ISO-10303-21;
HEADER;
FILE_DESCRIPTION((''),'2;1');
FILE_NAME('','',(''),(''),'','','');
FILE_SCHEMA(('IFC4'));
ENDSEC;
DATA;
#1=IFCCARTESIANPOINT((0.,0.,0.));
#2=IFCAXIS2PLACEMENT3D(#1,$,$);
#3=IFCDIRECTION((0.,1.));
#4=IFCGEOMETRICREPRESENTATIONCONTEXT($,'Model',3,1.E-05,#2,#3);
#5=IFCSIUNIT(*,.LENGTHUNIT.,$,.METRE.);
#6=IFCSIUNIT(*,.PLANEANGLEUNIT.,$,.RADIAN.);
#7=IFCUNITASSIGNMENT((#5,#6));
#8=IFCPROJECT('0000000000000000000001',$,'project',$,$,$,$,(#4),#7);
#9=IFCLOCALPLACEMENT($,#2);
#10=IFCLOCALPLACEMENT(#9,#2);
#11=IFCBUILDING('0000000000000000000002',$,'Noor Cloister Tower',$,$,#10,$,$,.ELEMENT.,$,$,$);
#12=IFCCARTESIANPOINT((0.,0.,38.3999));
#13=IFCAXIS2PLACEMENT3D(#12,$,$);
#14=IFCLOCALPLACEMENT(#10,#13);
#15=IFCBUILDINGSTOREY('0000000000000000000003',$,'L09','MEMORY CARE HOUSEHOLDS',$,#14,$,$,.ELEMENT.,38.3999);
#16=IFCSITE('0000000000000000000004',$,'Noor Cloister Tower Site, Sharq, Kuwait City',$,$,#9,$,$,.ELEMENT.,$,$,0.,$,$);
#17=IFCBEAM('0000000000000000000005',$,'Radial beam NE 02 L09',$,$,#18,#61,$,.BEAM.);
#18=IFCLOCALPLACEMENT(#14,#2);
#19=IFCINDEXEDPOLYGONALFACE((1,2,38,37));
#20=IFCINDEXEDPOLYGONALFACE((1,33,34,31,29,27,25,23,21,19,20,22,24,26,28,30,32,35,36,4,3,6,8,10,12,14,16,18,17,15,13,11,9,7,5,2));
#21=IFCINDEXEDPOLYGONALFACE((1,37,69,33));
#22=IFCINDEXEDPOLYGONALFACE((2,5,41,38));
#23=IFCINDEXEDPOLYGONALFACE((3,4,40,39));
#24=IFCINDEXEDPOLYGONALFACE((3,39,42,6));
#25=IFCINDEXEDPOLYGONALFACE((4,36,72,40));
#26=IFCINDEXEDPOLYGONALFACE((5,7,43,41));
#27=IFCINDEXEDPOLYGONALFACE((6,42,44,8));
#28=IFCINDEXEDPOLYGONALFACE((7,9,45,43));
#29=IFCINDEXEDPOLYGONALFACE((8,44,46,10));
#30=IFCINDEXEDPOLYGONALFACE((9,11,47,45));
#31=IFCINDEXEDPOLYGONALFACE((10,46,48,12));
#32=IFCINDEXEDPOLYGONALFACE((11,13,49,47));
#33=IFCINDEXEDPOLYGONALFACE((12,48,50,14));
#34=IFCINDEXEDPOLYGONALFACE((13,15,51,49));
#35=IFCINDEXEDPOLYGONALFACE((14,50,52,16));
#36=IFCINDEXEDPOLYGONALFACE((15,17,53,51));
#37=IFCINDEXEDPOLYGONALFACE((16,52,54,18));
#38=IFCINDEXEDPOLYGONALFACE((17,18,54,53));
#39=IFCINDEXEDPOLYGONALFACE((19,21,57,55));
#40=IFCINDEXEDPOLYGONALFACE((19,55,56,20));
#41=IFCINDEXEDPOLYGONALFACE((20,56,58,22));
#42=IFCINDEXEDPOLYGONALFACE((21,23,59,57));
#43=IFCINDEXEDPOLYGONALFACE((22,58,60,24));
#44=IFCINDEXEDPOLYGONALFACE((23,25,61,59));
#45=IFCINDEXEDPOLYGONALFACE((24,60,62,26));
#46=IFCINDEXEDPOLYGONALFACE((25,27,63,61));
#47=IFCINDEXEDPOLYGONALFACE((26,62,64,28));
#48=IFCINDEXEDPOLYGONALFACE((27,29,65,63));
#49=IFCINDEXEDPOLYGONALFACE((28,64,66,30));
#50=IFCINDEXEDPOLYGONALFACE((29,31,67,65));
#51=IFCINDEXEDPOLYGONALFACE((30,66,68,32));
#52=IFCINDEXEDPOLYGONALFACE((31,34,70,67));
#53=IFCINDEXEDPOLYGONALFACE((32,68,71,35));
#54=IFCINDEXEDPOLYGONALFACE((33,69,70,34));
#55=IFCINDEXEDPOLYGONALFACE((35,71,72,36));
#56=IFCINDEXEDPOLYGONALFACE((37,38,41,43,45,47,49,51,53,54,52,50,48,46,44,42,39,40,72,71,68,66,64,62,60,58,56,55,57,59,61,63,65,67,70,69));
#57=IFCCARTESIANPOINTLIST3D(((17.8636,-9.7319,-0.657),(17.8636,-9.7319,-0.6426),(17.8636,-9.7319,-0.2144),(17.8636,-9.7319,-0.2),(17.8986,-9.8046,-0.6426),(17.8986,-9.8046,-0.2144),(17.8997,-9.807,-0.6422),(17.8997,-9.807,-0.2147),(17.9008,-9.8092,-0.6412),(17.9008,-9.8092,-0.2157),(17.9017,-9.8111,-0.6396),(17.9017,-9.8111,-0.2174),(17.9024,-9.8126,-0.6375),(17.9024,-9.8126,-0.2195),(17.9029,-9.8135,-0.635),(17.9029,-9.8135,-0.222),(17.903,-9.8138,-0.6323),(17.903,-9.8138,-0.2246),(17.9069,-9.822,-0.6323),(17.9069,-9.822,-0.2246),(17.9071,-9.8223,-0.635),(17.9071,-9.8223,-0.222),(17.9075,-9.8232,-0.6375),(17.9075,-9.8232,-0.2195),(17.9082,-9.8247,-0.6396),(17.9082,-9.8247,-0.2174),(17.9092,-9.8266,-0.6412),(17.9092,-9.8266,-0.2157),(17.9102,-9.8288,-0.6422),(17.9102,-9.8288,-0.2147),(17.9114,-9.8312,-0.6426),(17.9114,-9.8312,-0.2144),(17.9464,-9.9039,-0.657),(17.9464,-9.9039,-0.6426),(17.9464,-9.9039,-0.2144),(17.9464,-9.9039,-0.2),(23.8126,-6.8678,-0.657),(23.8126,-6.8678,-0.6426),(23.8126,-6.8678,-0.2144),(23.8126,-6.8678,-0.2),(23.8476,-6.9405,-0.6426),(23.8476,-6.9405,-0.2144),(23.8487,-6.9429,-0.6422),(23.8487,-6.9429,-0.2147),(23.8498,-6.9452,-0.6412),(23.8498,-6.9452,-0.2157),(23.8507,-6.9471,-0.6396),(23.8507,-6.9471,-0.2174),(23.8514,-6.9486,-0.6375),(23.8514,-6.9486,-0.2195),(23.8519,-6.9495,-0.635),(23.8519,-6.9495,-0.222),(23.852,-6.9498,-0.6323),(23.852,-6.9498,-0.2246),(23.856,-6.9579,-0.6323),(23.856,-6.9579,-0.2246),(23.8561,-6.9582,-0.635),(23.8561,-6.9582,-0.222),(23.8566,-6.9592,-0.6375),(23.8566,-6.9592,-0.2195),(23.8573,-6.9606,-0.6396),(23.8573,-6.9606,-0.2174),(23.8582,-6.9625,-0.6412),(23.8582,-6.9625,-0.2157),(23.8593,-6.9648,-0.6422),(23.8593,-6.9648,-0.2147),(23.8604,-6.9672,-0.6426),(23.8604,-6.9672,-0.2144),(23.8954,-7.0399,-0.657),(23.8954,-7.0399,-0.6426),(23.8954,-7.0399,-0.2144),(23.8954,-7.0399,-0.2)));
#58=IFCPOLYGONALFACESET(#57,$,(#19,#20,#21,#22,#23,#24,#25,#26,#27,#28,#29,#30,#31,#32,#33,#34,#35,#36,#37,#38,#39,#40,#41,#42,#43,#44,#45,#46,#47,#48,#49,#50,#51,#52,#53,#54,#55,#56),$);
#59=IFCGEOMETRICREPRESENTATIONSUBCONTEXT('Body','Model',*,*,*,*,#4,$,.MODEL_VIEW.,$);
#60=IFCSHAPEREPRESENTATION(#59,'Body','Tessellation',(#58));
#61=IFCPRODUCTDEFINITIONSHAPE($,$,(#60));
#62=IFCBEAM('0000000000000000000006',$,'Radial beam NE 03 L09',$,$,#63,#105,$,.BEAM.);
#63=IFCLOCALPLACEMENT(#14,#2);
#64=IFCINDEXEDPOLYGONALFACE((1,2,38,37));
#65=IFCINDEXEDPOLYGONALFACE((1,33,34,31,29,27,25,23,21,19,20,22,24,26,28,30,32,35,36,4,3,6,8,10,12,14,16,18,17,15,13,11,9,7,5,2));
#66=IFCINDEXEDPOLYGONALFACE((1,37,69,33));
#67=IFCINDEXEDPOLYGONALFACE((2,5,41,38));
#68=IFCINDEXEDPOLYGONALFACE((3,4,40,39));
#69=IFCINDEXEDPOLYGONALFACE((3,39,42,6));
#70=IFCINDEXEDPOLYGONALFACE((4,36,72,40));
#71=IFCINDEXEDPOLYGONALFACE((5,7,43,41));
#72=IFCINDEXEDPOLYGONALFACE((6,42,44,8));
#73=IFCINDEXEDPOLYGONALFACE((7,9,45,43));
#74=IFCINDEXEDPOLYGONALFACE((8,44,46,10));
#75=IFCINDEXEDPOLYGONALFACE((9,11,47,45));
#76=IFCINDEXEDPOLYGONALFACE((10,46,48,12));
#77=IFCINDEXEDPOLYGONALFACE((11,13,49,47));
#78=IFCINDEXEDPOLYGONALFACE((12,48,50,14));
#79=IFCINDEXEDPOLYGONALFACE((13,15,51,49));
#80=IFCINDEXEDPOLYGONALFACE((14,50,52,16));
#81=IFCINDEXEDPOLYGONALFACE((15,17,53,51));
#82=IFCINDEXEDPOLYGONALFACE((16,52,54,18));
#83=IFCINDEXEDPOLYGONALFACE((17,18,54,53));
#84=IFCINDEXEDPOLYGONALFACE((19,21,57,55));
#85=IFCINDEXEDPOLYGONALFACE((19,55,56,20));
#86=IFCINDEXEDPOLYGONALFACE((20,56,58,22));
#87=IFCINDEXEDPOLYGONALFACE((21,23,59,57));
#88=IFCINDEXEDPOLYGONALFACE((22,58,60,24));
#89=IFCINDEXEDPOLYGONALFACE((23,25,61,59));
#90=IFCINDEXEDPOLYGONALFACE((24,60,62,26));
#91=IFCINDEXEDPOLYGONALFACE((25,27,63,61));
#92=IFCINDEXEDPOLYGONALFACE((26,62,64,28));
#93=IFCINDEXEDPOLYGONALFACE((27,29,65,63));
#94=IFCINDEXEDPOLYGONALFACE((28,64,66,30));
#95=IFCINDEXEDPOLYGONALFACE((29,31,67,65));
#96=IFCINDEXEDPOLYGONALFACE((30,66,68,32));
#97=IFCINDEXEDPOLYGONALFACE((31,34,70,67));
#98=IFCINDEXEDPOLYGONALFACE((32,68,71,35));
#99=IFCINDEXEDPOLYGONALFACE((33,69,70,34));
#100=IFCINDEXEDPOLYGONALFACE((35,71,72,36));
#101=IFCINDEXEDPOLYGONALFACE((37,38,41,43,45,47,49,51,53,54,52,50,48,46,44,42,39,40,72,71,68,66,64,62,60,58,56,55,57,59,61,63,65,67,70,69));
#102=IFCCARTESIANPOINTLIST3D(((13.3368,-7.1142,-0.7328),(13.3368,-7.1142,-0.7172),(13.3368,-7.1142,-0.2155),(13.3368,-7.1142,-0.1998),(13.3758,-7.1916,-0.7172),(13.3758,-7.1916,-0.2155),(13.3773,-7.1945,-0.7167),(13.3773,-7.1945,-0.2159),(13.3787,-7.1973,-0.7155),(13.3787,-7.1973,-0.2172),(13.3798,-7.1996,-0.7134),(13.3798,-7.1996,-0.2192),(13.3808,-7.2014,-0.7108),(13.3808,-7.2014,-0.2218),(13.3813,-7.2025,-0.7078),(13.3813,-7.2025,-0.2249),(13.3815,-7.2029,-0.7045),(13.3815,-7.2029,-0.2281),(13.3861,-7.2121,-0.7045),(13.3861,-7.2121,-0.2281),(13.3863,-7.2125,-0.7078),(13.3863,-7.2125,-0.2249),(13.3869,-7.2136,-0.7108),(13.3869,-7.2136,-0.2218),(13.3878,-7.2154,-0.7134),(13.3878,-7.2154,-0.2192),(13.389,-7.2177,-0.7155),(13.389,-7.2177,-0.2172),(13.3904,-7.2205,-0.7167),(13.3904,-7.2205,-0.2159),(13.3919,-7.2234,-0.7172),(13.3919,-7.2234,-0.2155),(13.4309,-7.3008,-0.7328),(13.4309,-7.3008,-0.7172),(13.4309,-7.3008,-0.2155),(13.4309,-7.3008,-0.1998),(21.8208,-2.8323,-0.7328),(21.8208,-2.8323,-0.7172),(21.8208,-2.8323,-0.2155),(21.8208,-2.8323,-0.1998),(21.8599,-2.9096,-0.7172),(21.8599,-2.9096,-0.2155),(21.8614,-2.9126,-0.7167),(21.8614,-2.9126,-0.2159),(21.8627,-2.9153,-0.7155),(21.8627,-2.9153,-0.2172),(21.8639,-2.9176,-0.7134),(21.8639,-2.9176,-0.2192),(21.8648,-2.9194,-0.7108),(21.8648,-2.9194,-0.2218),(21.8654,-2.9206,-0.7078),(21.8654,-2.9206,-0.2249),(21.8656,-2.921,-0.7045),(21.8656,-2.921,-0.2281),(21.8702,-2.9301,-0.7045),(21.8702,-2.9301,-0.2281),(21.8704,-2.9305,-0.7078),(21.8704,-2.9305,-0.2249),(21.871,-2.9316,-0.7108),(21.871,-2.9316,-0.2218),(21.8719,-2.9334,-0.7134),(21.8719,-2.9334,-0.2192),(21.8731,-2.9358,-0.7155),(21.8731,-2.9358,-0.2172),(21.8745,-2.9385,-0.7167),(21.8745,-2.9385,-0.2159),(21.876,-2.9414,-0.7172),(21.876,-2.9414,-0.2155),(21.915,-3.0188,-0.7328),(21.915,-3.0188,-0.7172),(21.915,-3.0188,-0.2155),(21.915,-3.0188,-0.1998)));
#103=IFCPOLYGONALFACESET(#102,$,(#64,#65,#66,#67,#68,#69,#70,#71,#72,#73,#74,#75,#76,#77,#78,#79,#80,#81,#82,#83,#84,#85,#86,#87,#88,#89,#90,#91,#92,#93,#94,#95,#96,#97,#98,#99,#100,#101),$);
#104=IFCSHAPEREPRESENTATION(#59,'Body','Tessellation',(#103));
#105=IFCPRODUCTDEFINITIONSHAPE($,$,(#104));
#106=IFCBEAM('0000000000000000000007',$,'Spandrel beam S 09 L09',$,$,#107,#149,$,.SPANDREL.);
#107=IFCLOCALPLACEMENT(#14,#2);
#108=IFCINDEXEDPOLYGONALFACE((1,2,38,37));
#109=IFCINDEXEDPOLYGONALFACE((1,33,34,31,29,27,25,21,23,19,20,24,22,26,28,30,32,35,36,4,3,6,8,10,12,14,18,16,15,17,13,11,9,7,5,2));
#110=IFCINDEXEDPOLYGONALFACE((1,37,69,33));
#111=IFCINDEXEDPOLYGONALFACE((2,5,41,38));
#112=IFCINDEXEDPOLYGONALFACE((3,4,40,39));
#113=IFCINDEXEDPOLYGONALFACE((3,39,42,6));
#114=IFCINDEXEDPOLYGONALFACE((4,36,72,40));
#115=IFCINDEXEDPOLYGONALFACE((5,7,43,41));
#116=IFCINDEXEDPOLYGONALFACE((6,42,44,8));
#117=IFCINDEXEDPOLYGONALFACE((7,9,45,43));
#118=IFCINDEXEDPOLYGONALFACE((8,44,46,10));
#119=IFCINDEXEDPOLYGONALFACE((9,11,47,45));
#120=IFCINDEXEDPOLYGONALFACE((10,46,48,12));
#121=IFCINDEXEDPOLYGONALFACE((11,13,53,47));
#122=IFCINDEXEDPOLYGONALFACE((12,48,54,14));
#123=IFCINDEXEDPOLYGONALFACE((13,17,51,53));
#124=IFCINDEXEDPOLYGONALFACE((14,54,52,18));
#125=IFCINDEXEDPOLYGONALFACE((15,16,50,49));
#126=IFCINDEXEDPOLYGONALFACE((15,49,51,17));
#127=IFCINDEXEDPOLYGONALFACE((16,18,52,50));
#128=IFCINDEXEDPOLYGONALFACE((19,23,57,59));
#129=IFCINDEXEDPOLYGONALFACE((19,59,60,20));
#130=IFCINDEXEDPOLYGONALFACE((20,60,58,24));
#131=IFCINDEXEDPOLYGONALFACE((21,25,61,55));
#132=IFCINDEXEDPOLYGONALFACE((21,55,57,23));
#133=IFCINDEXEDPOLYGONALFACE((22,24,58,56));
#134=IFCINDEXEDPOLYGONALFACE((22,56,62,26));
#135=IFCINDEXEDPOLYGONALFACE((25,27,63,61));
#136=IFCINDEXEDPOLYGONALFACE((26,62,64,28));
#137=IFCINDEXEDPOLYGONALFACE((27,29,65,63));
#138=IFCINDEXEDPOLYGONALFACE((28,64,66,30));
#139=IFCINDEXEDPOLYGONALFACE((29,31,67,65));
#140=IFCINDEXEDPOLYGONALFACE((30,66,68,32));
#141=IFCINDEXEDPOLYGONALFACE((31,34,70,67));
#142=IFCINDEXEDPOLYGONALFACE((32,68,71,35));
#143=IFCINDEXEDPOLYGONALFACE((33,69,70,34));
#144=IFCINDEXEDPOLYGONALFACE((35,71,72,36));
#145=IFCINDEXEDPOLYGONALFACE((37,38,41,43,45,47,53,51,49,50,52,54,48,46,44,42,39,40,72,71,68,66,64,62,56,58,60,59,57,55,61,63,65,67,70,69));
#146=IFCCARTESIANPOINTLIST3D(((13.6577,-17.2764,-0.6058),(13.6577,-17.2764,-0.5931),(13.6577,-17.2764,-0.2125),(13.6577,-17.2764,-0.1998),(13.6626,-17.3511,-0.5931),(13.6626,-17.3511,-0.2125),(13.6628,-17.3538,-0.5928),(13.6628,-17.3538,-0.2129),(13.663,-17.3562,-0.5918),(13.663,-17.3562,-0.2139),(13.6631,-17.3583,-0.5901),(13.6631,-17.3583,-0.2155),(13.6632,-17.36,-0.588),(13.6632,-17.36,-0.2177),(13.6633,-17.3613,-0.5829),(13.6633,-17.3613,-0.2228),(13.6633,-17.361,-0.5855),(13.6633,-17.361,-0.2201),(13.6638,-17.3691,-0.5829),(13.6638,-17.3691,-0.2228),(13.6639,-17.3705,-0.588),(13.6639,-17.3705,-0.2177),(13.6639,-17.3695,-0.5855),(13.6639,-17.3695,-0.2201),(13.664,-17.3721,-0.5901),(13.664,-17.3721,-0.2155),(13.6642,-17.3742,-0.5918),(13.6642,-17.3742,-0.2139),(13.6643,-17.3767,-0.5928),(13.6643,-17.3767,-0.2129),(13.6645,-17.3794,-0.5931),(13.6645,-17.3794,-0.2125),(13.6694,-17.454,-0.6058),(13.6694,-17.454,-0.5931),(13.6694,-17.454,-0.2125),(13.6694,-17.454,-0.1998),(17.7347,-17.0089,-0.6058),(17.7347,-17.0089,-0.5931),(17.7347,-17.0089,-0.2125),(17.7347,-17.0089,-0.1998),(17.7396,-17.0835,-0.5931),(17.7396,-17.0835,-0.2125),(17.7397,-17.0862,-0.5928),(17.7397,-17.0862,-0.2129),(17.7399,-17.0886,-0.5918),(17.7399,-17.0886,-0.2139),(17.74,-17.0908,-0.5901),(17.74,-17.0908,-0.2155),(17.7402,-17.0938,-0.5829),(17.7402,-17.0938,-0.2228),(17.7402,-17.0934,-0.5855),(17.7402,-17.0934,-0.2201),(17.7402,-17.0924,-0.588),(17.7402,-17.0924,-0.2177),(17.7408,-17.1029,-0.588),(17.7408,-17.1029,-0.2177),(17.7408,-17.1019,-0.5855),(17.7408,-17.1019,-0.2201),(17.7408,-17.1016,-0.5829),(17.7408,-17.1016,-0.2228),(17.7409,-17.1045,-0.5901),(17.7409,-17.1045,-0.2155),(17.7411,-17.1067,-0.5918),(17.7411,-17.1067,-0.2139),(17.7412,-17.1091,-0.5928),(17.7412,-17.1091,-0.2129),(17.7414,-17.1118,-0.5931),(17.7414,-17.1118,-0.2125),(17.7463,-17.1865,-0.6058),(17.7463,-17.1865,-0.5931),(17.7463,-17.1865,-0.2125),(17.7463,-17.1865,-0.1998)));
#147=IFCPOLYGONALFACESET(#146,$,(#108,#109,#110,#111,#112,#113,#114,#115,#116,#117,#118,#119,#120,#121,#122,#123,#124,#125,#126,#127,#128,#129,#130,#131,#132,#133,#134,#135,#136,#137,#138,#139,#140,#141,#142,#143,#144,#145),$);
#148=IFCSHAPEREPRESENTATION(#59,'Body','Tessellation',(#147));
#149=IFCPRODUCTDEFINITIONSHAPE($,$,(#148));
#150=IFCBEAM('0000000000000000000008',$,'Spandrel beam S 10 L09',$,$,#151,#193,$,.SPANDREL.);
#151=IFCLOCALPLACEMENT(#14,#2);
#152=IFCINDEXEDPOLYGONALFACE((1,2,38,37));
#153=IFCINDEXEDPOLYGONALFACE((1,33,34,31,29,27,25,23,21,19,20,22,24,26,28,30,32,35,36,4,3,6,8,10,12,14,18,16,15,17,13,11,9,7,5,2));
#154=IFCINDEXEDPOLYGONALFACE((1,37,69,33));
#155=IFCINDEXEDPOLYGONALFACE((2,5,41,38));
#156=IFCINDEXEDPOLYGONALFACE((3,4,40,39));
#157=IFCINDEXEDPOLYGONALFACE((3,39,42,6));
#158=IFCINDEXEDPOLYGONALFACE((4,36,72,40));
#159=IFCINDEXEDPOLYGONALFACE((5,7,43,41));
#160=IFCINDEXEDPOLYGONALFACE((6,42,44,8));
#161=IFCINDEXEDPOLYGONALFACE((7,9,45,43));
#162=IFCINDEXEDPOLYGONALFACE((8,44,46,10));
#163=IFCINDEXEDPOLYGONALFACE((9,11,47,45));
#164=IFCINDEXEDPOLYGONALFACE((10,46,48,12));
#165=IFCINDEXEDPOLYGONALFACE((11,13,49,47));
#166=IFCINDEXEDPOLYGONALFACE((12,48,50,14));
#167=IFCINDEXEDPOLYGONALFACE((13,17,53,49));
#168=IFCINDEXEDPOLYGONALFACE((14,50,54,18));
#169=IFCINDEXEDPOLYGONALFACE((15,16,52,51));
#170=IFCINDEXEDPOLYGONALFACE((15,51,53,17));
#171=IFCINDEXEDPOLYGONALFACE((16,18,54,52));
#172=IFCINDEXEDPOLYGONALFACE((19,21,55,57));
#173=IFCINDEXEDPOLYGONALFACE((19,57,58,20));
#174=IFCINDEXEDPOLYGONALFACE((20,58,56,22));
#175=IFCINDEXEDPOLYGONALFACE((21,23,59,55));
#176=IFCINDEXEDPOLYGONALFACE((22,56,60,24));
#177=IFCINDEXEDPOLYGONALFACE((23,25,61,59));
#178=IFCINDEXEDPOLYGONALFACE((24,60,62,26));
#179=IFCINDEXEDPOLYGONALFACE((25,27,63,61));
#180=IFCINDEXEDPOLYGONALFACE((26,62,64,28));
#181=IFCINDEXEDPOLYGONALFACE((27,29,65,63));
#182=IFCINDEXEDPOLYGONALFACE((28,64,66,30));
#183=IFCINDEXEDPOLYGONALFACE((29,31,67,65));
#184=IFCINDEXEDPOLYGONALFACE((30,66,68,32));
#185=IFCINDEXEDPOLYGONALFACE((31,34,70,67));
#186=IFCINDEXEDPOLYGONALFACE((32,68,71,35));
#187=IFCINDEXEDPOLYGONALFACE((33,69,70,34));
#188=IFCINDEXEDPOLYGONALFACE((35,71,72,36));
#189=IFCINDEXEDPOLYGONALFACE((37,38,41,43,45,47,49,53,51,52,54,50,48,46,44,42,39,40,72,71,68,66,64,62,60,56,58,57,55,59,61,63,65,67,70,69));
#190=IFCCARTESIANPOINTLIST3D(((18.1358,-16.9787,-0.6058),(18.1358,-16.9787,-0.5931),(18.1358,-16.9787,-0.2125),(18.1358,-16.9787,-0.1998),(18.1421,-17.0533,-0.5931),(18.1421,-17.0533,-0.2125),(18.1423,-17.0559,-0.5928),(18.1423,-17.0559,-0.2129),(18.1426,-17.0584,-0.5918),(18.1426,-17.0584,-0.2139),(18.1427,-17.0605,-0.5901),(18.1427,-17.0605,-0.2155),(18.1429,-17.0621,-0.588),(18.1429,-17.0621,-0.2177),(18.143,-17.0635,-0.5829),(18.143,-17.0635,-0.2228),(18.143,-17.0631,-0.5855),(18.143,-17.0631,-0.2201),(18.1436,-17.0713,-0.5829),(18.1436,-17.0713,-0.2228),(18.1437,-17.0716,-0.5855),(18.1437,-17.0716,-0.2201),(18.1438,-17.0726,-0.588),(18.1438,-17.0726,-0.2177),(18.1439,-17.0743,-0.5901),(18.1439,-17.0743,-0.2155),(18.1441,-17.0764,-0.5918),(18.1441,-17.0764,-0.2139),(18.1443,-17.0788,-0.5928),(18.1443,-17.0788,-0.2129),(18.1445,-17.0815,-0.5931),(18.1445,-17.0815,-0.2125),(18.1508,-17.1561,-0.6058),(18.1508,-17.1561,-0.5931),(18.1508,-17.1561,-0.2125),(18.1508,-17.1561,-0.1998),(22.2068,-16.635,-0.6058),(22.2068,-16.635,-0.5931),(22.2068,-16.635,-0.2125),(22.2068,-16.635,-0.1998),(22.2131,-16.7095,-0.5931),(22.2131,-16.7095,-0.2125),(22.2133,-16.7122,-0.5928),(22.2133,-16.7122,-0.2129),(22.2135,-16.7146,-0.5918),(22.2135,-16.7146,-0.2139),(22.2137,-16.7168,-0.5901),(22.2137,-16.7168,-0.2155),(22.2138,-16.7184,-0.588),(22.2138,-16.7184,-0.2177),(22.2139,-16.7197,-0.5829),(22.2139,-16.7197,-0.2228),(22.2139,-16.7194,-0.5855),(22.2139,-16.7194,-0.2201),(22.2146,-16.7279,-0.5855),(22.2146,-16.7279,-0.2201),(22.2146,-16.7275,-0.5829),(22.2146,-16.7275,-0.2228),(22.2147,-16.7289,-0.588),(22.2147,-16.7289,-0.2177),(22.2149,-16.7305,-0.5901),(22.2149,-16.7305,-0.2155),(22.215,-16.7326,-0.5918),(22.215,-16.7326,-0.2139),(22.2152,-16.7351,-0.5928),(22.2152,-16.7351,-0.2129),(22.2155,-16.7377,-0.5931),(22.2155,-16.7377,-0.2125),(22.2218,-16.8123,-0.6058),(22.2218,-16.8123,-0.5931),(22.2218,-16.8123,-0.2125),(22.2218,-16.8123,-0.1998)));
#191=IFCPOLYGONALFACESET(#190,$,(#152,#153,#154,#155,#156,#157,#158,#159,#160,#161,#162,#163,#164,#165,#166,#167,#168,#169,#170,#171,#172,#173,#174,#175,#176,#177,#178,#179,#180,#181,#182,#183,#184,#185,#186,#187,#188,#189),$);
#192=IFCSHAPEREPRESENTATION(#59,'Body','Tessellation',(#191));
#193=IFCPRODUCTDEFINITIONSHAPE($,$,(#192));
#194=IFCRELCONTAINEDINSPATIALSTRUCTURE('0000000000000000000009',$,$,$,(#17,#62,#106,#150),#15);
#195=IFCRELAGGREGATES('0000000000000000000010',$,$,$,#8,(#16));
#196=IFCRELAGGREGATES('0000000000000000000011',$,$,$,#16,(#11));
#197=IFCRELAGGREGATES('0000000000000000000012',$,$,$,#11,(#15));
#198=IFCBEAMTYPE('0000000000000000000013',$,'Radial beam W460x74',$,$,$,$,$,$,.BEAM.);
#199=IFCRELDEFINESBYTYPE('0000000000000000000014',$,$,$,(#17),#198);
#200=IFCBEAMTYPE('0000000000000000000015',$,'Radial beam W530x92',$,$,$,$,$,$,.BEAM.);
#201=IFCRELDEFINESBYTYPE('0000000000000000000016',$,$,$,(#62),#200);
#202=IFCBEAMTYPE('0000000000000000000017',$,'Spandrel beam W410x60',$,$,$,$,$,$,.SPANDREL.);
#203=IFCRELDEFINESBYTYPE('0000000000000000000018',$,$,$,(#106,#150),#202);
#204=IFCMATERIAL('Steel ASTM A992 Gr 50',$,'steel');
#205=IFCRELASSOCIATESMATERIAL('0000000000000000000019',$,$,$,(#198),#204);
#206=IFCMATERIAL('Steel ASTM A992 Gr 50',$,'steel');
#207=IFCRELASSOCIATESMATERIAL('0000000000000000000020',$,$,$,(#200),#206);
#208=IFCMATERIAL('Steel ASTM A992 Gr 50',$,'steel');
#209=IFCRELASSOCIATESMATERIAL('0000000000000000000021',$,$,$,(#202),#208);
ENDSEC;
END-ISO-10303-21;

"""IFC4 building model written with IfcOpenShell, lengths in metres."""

from ifc_helpers import new_model, si_unit, direction, frame, origin, origin_2d, place, context, subcontext, project, spatial, i_section, extrude, material, material_profile, profile_set, type_object, element, save


model = new_model("IFC4")

# Units and contexts
model_context = context("Model", 3, precision=1e-05, world=origin(), true_north=direction((0.0, 1.0)))
body_context = subcontext(model_context, "Body", "Model", "MODEL_VIEW")
ifc_project = project(units=[si_unit("LENGTHUNIT", "METRE"), si_unit("PLANEANGLEUNIT", "RADIAN")], contexts=[model_context])

# Site, building, storey
site_placement = place(None, origin())
site = spatial("IfcSite", under=ifc_project, at=site_placement, Name="Noor Cloister Tower Site, Sharq, Kuwait City", CompositionType="ELEMENT", RefElevation=0.0)
building_placement = place(site_placement, origin())
building = spatial("IfcBuilding", under=site, at=building_placement, Name="Noor Cloister Tower", CompositionType="ELEMENT")
storey_placement = place(building_placement, frame((0.0, 0.0, 38.3999)))
storey = spatial("IfcBuildingStorey", under=building, at=storey_placement, Name="L09", Description="MEMORY CARE HOUSEHOLDS", CompositionType="ELEMENT", Elevation=38.3999)

# Beams
ifc_material_1 = material(Name="Steel ASTM A992 Gr 50", Category="steel")
ifc_material_profile_1 = material_profile(ifc_material_1, i_section(OverallWidth=0.1909, OverallDepth=0.457, WebThickness=0.009, FlangeThickness=0.0144, FilletRadius=0.0103, at=origin_2d()), Name="W460x74")
ifc_profile_set_1 = profile_set([ifc_material_profile_1], Name="Steel ASTM A992 Gr 50")
beam_type_1 = type_object("IfcBeamType", Name="Radial beam W460x74", PredefinedType="BEAM", material=ifc_profile_set_1)
beam_1_placement = place(storey_placement, frame((23.854, -6.9539, -0.4285), z_axis=(-0.90102, -0.433778, 0.0), x_axis=(0.433778, -0.90102, 0.0)))
element("IfcBeam", 1, at=beam_1_placement, inside=storey, type_object=beam_type_1, Name="Radial beam NE 02 L09", PredefinedType="BEAM", context=body_context, shape_type="SweptSolid", body=[
    extrude(i_section(OverallWidth=0.1909, OverallDepth=0.457, WebThickness=0.009, FlangeThickness=0.0144, FilletRadius=0.0103, at=origin_2d()), origin(), (0.0, 0.0, 1.0), 6.6025),
])
ifc_material_2 = material(Name="Steel ASTM A992 Gr 50", Category="steel")
ifc_material_profile_2 = material_profile(ifc_material_2, i_section(OverallWidth=0.209, OverallDepth=0.533, WebThickness=0.0103, FlangeThickness=0.0156, FilletRadius=0.0127, at=origin_2d()), Name="W530x92")
ifc_profile_set_2 = profile_set([ifc_material_profile_2], Name="Steel ASTM A992 Gr 50")
beam_type_2 = type_object("IfcBeamType", Name="Radial beam W530x92", PredefinedType="BEAM", material=ifc_profile_set_2)
beam_2_placement = place(storey_placement, frame((21.8679, -2.9255, -0.4663), z_axis=(-0.892741, -0.450571, 0.0), x_axis=(0.450571, -0.892741, 0.0)))
element("IfcBeam", 2, at=beam_2_placement, inside=storey, type_object=beam_type_2, Name="Radial beam NE 03 L09", PredefinedType="BEAM", context=body_context, shape_type="SweptSolid", body=[
    extrude(i_section(OverallWidth=0.209, OverallDepth=0.533, WebThickness=0.0103, FlangeThickness=0.0156, FilletRadius=0.0127, at=origin_2d()), origin(), (0.0, 0.0, 1.0), 9.5034),
])
ifc_material_3 = material(Name="Steel ASTM A992 Gr 50", Category="steel")
ifc_material_profile_3 = material_profile(ifc_material_3, i_section(OverallWidth=0.178, OverallDepth=0.406, WebThickness=0.0078, FlangeThickness=0.0127, FilletRadius=0.0103, at=origin_2d()), Name="W410x60")
ifc_profile_set_3 = profile_set([ifc_material_profile_3], Name="Steel ASTM A992 Gr 50")
beam_type_3 = type_object("IfcBeamType", Name="Spandrel beam W410x60", PredefinedType="SPANDREL", material=ifc_profile_set_3)
beam_3_placement = place(storey_placement, frame((13.6636, -17.3652, -0.4028), z_axis=(0.997853, 0.065492, 0.0), x_axis=(-0.065492, 0.997853, 0.0)))
element("IfcBeam", 3, at=beam_3_placement, inside=storey, type_object=beam_type_3, Name="Spandrel beam S 09 L09", PredefinedType="SPANDREL", context=body_context, shape_type="SweptSolid", body=[
    extrude(i_section(OverallWidth=0.178, OverallDepth=0.406, WebThickness=0.0078, FlangeThickness=0.0127, FilletRadius=0.0103, at=origin_2d()), origin(), (0.0, 0.0, 1.0), 4.0857),
])
beam_4_placement = place(storey_placement, frame((18.1433, -17.0674, -0.4028), z_axis=(0.996454, 0.084138, 0.0), x_axis=(-0.084138, 0.996454, 0.0)))
element("IfcBeam", 4, at=beam_4_placement, inside=storey, type_object=beam_type_3, Name="Spandrel beam S 10 L09", PredefinedType="SPANDREL", context=body_context, shape_type="SweptSolid", body=[
    extrude(i_section(OverallWidth=0.178, OverallDepth=0.406, WebThickness=0.0078, FlangeThickness=0.0127, FilletRadius=0.0103, at=origin_2d()), origin(), (0.0, 0.0, 1.0), 4.0854),
])

save(model, "model.ifc")
